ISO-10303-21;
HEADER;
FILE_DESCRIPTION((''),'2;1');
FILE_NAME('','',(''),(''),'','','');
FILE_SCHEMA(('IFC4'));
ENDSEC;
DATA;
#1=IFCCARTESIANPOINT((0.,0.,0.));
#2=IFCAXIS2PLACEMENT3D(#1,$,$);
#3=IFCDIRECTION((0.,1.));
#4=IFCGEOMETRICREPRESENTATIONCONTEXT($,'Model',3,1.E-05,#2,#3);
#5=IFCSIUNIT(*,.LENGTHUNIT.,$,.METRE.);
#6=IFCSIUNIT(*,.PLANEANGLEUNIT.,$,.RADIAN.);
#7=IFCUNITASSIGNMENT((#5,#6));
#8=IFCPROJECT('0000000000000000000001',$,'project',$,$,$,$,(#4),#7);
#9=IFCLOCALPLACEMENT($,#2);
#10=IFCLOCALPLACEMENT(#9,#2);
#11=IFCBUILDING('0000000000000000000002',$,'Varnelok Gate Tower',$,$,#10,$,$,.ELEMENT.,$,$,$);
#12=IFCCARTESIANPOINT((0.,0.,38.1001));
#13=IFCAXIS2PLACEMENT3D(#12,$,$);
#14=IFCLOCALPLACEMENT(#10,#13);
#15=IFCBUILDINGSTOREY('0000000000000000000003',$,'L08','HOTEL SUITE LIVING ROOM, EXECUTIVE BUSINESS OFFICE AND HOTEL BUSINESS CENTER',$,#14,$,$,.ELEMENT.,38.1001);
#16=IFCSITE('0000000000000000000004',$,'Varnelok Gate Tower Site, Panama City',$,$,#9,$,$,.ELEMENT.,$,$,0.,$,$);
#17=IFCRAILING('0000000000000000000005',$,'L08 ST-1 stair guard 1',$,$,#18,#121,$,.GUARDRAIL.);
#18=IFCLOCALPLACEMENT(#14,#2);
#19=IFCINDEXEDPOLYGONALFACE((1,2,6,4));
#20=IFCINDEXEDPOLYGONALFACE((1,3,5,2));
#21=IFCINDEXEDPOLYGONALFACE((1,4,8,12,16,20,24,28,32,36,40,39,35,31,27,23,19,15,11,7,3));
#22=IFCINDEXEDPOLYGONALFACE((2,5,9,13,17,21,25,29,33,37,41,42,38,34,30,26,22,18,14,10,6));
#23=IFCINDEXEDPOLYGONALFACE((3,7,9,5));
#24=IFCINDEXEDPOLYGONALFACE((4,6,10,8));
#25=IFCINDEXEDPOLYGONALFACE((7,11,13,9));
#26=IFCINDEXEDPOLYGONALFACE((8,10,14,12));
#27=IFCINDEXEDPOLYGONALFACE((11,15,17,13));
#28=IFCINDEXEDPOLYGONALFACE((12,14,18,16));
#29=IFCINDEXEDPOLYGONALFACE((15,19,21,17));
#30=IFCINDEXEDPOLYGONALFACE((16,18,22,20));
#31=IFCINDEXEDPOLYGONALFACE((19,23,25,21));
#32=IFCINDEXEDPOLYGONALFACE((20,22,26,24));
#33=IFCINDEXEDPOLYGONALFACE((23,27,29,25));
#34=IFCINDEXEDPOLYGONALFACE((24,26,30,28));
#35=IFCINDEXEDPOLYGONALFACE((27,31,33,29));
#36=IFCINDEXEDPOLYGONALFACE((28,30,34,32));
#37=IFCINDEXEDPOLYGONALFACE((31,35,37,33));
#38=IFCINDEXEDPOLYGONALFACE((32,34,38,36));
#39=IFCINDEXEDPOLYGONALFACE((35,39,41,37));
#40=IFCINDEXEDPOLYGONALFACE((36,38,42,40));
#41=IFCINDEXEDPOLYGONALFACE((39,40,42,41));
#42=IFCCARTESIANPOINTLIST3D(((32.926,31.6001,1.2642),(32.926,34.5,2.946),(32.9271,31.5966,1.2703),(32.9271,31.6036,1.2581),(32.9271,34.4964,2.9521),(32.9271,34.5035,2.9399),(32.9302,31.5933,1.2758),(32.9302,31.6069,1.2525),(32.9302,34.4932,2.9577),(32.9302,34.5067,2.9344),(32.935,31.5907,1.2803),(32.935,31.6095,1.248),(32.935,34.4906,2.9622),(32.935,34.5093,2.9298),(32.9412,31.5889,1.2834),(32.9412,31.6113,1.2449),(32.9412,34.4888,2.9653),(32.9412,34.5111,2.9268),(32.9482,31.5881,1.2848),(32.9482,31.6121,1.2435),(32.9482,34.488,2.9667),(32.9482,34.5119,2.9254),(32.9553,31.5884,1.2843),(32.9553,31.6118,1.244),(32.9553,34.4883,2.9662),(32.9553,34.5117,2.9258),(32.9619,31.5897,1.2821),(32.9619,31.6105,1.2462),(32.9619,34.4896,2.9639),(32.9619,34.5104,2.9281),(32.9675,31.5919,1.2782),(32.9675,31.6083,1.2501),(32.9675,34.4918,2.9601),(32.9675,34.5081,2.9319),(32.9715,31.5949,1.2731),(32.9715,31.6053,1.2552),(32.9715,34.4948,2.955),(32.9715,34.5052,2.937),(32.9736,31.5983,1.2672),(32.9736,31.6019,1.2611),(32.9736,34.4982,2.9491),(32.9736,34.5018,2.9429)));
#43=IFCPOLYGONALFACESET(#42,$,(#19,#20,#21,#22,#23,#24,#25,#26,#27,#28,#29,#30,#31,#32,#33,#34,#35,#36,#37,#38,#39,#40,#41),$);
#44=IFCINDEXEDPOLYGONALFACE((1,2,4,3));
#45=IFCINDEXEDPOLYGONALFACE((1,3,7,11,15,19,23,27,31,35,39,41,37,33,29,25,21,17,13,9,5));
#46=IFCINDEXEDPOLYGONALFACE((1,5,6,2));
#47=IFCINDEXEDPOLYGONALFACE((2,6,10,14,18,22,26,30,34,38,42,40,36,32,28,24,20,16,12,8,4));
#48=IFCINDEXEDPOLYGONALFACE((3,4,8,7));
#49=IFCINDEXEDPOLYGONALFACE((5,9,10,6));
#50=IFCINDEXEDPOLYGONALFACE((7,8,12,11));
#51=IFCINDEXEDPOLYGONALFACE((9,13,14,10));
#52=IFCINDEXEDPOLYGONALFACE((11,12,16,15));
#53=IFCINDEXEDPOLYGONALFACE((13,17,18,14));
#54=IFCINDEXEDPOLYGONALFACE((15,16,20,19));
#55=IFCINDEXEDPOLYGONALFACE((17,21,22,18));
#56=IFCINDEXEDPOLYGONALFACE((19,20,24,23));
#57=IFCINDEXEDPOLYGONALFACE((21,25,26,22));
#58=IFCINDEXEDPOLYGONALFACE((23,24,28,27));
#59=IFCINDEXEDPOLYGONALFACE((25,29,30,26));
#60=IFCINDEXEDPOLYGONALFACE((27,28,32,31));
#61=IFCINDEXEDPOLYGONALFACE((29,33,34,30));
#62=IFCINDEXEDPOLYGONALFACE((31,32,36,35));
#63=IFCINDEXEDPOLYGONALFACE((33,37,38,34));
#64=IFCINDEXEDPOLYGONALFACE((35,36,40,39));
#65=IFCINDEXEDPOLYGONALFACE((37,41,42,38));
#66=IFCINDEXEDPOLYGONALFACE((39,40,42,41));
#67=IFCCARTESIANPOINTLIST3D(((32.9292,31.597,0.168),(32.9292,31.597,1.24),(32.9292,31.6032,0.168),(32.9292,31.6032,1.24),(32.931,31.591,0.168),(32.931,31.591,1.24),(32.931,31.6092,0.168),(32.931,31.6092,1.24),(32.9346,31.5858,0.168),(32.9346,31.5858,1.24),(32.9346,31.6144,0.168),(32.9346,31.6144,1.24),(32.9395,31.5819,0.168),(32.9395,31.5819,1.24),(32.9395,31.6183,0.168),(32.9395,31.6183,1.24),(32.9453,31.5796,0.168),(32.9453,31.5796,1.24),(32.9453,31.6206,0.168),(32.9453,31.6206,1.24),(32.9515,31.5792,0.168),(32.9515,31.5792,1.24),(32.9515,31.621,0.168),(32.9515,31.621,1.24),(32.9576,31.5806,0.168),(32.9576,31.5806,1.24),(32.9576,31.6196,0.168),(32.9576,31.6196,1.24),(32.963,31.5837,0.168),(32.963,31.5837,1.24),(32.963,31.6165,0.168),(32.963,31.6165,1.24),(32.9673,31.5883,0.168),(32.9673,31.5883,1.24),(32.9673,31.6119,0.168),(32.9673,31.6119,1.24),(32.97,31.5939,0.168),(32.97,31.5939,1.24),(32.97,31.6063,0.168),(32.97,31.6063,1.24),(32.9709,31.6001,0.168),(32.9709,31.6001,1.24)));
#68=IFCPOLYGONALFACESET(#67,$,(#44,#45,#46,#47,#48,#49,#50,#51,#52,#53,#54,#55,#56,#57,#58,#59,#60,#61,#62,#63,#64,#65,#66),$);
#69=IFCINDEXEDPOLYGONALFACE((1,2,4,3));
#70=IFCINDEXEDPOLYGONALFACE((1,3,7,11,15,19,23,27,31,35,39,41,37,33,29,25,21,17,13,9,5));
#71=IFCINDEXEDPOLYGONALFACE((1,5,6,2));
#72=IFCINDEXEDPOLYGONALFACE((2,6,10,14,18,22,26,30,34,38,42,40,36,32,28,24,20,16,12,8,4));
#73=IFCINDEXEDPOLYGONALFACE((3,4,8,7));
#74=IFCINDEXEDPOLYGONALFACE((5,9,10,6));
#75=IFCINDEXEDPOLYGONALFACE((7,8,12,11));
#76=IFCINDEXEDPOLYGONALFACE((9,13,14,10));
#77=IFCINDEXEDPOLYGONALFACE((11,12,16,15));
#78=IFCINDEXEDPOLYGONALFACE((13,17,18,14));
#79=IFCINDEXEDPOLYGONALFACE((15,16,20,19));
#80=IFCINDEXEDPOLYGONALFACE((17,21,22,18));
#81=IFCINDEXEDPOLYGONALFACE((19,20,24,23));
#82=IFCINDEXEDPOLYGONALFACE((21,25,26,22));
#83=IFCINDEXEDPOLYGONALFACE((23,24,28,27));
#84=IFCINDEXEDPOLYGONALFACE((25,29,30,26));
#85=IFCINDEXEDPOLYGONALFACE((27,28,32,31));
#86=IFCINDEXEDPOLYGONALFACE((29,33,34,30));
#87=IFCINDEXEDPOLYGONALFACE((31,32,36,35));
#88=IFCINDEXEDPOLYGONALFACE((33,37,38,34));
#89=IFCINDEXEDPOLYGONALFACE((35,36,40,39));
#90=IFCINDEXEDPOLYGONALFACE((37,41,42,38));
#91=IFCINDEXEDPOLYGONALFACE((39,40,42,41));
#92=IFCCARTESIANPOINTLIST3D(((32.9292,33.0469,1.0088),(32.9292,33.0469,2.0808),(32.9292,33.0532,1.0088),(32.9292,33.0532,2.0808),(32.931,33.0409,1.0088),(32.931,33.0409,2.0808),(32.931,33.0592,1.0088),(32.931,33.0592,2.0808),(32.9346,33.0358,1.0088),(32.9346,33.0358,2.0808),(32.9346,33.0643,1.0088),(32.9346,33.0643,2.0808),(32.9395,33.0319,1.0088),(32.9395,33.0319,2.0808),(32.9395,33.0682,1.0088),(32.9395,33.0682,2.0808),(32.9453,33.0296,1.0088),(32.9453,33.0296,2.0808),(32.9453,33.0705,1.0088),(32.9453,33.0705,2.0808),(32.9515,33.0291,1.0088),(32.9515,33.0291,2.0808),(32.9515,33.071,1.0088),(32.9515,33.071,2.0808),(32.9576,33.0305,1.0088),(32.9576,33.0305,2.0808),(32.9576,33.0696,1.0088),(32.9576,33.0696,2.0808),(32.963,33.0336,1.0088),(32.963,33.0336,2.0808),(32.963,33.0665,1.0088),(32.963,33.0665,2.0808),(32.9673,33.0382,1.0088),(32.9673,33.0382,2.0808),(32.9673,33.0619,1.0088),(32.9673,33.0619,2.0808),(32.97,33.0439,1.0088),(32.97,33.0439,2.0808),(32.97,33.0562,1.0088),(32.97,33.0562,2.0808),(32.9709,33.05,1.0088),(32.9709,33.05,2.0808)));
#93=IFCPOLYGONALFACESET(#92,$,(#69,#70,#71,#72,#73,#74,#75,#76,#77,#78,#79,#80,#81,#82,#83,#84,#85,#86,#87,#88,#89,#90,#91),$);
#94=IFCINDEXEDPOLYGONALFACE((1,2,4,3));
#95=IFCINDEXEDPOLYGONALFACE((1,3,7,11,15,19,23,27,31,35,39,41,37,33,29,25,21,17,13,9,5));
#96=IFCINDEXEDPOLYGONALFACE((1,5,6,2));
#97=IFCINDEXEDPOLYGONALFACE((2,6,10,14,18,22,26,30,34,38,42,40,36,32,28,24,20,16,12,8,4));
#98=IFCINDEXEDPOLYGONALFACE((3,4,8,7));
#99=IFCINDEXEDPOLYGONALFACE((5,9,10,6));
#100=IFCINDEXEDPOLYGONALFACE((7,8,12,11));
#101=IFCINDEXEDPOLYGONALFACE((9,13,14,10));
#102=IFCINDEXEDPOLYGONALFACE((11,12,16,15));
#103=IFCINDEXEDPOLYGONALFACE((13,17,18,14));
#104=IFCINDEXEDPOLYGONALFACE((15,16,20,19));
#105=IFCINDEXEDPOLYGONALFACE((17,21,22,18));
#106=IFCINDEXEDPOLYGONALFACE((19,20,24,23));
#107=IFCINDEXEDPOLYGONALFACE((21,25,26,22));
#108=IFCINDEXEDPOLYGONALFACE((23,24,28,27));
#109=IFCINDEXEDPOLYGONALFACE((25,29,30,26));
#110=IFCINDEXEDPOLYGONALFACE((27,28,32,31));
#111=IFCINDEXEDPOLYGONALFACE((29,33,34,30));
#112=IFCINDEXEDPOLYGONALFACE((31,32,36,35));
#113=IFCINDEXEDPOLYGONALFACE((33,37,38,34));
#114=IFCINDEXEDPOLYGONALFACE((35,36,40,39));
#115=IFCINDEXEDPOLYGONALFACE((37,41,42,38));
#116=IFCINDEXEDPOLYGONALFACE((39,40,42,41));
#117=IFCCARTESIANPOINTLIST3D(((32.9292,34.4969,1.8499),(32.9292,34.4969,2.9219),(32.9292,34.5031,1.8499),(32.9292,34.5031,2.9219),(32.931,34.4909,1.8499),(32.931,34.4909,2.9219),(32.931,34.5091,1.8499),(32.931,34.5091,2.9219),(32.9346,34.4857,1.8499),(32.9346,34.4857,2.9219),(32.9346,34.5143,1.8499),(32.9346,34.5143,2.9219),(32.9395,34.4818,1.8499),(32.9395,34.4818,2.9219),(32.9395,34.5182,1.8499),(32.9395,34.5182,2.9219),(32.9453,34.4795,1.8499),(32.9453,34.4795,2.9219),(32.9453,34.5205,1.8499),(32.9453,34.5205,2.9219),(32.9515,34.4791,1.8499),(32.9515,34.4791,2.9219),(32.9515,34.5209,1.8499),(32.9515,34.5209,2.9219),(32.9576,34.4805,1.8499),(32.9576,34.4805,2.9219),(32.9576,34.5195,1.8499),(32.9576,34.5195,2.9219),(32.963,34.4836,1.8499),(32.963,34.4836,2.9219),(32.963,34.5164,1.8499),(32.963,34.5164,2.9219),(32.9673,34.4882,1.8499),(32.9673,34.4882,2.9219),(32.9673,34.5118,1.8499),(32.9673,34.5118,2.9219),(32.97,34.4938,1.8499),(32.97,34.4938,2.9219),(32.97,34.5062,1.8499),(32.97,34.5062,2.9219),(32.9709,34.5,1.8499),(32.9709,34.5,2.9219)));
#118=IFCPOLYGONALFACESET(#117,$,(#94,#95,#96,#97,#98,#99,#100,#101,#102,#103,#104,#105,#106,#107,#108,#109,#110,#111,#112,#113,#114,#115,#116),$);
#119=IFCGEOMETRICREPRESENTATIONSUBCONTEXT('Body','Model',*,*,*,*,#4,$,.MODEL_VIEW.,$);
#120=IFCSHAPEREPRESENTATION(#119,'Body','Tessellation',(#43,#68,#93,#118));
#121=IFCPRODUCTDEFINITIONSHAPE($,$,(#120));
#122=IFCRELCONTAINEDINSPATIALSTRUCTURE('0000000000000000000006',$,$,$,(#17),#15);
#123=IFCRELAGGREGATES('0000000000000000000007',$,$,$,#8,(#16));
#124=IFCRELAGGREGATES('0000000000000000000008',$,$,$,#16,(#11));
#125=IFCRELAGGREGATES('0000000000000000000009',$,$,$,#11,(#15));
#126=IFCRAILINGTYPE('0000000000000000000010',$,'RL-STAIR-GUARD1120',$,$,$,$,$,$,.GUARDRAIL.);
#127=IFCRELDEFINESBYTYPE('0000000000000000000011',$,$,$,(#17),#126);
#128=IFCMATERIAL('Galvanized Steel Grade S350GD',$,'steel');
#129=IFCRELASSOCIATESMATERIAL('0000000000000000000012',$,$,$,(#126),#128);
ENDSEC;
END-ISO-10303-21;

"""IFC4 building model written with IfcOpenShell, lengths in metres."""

from ifc_helpers import new_model, si_unit, direction, frame, origin, origin_2d, place, context, subcontext, project, spatial, circle, extrude, material, type_object, element, save


model = new_model("IFC4")

# Units and contexts
model_context = context("Model", 3, precision=1e-05, world=origin(), true_north=direction((0.0, 1.0)))
body_context = subcontext(model_context, "Body", "Model", "MODEL_VIEW")
ifc_project = project(units=[si_unit("LENGTHUNIT", "METRE"), si_unit("PLANEANGLEUNIT", "RADIAN")], contexts=[model_context])

# Site, building, storey
site_placement = place(None, origin())
site = spatial("IfcSite", under=ifc_project, at=site_placement, Name="Varnelok Gate Tower Site, Panama City", CompositionType="ELEMENT", RefElevation=0.0)
building_placement = place(site_placement, origin())
building = spatial("IfcBuilding", under=site, at=building_placement, Name="Varnelok Gate Tower", CompositionType="ELEMENT")
storey_placement = place(building_placement, frame((0.0, 0.0, 38.1001)))
storey = spatial("IfcBuildingStorey", under=building, at=storey_placement, Name="L08", Description="HOTEL SUITE LIVING ROOM, EXECUTIVE BUSINESS OFFICE AND HOTEL BUSINESS CENTER", CompositionType="ELEMENT", Elevation=38.1001)

# Shared definitions
ifc_material_1 = material(Name="Galvanized Steel Grade S350GD", Category="steel")

# Railing
railing_type_1 = type_object("IfcRailingType", Name="RL-STAIR-GUARD1120", PredefinedType="GUARDRAIL", material=ifc_material_1)
railing_1_placement = place(storey_placement, frame((32.95, 31.6001, 0.168)))
element("IfcRailing", 1, at=railing_1_placement, inside=storey, type_object=railing_type_1, Name="L08 ST-1 stair guard 1", PredefinedType="GUARDRAIL", context=body_context, shape_type="SweptSolid", body=[
    extrude(circle(Radius=0.0239, at=origin_2d()), frame((0.0, 0.0, 1.0962), z_axis=(0.0, 0.865039, 0.501705), x_axis=(-1.0, 0.0, 0.0)), (0.0, 0.0, 1.0), 3.3523),
    extrude(circle(Radius=0.021, at=origin_2d()), origin(), (0.0, 0.0, 1.0), 1.072),
    extrude(circle(Radius=0.021, at=origin_2d()), frame((0.0, 1.45, 0.8408)), (0.0, 0.0, 1.0), 1.072),
    extrude(circle(Radius=0.021, at=origin_2d()), frame((0.0, 2.8999, 1.6819)), (0.0, 0.0, 1.0), 1.072),
])

save(model, "model.ifc")
